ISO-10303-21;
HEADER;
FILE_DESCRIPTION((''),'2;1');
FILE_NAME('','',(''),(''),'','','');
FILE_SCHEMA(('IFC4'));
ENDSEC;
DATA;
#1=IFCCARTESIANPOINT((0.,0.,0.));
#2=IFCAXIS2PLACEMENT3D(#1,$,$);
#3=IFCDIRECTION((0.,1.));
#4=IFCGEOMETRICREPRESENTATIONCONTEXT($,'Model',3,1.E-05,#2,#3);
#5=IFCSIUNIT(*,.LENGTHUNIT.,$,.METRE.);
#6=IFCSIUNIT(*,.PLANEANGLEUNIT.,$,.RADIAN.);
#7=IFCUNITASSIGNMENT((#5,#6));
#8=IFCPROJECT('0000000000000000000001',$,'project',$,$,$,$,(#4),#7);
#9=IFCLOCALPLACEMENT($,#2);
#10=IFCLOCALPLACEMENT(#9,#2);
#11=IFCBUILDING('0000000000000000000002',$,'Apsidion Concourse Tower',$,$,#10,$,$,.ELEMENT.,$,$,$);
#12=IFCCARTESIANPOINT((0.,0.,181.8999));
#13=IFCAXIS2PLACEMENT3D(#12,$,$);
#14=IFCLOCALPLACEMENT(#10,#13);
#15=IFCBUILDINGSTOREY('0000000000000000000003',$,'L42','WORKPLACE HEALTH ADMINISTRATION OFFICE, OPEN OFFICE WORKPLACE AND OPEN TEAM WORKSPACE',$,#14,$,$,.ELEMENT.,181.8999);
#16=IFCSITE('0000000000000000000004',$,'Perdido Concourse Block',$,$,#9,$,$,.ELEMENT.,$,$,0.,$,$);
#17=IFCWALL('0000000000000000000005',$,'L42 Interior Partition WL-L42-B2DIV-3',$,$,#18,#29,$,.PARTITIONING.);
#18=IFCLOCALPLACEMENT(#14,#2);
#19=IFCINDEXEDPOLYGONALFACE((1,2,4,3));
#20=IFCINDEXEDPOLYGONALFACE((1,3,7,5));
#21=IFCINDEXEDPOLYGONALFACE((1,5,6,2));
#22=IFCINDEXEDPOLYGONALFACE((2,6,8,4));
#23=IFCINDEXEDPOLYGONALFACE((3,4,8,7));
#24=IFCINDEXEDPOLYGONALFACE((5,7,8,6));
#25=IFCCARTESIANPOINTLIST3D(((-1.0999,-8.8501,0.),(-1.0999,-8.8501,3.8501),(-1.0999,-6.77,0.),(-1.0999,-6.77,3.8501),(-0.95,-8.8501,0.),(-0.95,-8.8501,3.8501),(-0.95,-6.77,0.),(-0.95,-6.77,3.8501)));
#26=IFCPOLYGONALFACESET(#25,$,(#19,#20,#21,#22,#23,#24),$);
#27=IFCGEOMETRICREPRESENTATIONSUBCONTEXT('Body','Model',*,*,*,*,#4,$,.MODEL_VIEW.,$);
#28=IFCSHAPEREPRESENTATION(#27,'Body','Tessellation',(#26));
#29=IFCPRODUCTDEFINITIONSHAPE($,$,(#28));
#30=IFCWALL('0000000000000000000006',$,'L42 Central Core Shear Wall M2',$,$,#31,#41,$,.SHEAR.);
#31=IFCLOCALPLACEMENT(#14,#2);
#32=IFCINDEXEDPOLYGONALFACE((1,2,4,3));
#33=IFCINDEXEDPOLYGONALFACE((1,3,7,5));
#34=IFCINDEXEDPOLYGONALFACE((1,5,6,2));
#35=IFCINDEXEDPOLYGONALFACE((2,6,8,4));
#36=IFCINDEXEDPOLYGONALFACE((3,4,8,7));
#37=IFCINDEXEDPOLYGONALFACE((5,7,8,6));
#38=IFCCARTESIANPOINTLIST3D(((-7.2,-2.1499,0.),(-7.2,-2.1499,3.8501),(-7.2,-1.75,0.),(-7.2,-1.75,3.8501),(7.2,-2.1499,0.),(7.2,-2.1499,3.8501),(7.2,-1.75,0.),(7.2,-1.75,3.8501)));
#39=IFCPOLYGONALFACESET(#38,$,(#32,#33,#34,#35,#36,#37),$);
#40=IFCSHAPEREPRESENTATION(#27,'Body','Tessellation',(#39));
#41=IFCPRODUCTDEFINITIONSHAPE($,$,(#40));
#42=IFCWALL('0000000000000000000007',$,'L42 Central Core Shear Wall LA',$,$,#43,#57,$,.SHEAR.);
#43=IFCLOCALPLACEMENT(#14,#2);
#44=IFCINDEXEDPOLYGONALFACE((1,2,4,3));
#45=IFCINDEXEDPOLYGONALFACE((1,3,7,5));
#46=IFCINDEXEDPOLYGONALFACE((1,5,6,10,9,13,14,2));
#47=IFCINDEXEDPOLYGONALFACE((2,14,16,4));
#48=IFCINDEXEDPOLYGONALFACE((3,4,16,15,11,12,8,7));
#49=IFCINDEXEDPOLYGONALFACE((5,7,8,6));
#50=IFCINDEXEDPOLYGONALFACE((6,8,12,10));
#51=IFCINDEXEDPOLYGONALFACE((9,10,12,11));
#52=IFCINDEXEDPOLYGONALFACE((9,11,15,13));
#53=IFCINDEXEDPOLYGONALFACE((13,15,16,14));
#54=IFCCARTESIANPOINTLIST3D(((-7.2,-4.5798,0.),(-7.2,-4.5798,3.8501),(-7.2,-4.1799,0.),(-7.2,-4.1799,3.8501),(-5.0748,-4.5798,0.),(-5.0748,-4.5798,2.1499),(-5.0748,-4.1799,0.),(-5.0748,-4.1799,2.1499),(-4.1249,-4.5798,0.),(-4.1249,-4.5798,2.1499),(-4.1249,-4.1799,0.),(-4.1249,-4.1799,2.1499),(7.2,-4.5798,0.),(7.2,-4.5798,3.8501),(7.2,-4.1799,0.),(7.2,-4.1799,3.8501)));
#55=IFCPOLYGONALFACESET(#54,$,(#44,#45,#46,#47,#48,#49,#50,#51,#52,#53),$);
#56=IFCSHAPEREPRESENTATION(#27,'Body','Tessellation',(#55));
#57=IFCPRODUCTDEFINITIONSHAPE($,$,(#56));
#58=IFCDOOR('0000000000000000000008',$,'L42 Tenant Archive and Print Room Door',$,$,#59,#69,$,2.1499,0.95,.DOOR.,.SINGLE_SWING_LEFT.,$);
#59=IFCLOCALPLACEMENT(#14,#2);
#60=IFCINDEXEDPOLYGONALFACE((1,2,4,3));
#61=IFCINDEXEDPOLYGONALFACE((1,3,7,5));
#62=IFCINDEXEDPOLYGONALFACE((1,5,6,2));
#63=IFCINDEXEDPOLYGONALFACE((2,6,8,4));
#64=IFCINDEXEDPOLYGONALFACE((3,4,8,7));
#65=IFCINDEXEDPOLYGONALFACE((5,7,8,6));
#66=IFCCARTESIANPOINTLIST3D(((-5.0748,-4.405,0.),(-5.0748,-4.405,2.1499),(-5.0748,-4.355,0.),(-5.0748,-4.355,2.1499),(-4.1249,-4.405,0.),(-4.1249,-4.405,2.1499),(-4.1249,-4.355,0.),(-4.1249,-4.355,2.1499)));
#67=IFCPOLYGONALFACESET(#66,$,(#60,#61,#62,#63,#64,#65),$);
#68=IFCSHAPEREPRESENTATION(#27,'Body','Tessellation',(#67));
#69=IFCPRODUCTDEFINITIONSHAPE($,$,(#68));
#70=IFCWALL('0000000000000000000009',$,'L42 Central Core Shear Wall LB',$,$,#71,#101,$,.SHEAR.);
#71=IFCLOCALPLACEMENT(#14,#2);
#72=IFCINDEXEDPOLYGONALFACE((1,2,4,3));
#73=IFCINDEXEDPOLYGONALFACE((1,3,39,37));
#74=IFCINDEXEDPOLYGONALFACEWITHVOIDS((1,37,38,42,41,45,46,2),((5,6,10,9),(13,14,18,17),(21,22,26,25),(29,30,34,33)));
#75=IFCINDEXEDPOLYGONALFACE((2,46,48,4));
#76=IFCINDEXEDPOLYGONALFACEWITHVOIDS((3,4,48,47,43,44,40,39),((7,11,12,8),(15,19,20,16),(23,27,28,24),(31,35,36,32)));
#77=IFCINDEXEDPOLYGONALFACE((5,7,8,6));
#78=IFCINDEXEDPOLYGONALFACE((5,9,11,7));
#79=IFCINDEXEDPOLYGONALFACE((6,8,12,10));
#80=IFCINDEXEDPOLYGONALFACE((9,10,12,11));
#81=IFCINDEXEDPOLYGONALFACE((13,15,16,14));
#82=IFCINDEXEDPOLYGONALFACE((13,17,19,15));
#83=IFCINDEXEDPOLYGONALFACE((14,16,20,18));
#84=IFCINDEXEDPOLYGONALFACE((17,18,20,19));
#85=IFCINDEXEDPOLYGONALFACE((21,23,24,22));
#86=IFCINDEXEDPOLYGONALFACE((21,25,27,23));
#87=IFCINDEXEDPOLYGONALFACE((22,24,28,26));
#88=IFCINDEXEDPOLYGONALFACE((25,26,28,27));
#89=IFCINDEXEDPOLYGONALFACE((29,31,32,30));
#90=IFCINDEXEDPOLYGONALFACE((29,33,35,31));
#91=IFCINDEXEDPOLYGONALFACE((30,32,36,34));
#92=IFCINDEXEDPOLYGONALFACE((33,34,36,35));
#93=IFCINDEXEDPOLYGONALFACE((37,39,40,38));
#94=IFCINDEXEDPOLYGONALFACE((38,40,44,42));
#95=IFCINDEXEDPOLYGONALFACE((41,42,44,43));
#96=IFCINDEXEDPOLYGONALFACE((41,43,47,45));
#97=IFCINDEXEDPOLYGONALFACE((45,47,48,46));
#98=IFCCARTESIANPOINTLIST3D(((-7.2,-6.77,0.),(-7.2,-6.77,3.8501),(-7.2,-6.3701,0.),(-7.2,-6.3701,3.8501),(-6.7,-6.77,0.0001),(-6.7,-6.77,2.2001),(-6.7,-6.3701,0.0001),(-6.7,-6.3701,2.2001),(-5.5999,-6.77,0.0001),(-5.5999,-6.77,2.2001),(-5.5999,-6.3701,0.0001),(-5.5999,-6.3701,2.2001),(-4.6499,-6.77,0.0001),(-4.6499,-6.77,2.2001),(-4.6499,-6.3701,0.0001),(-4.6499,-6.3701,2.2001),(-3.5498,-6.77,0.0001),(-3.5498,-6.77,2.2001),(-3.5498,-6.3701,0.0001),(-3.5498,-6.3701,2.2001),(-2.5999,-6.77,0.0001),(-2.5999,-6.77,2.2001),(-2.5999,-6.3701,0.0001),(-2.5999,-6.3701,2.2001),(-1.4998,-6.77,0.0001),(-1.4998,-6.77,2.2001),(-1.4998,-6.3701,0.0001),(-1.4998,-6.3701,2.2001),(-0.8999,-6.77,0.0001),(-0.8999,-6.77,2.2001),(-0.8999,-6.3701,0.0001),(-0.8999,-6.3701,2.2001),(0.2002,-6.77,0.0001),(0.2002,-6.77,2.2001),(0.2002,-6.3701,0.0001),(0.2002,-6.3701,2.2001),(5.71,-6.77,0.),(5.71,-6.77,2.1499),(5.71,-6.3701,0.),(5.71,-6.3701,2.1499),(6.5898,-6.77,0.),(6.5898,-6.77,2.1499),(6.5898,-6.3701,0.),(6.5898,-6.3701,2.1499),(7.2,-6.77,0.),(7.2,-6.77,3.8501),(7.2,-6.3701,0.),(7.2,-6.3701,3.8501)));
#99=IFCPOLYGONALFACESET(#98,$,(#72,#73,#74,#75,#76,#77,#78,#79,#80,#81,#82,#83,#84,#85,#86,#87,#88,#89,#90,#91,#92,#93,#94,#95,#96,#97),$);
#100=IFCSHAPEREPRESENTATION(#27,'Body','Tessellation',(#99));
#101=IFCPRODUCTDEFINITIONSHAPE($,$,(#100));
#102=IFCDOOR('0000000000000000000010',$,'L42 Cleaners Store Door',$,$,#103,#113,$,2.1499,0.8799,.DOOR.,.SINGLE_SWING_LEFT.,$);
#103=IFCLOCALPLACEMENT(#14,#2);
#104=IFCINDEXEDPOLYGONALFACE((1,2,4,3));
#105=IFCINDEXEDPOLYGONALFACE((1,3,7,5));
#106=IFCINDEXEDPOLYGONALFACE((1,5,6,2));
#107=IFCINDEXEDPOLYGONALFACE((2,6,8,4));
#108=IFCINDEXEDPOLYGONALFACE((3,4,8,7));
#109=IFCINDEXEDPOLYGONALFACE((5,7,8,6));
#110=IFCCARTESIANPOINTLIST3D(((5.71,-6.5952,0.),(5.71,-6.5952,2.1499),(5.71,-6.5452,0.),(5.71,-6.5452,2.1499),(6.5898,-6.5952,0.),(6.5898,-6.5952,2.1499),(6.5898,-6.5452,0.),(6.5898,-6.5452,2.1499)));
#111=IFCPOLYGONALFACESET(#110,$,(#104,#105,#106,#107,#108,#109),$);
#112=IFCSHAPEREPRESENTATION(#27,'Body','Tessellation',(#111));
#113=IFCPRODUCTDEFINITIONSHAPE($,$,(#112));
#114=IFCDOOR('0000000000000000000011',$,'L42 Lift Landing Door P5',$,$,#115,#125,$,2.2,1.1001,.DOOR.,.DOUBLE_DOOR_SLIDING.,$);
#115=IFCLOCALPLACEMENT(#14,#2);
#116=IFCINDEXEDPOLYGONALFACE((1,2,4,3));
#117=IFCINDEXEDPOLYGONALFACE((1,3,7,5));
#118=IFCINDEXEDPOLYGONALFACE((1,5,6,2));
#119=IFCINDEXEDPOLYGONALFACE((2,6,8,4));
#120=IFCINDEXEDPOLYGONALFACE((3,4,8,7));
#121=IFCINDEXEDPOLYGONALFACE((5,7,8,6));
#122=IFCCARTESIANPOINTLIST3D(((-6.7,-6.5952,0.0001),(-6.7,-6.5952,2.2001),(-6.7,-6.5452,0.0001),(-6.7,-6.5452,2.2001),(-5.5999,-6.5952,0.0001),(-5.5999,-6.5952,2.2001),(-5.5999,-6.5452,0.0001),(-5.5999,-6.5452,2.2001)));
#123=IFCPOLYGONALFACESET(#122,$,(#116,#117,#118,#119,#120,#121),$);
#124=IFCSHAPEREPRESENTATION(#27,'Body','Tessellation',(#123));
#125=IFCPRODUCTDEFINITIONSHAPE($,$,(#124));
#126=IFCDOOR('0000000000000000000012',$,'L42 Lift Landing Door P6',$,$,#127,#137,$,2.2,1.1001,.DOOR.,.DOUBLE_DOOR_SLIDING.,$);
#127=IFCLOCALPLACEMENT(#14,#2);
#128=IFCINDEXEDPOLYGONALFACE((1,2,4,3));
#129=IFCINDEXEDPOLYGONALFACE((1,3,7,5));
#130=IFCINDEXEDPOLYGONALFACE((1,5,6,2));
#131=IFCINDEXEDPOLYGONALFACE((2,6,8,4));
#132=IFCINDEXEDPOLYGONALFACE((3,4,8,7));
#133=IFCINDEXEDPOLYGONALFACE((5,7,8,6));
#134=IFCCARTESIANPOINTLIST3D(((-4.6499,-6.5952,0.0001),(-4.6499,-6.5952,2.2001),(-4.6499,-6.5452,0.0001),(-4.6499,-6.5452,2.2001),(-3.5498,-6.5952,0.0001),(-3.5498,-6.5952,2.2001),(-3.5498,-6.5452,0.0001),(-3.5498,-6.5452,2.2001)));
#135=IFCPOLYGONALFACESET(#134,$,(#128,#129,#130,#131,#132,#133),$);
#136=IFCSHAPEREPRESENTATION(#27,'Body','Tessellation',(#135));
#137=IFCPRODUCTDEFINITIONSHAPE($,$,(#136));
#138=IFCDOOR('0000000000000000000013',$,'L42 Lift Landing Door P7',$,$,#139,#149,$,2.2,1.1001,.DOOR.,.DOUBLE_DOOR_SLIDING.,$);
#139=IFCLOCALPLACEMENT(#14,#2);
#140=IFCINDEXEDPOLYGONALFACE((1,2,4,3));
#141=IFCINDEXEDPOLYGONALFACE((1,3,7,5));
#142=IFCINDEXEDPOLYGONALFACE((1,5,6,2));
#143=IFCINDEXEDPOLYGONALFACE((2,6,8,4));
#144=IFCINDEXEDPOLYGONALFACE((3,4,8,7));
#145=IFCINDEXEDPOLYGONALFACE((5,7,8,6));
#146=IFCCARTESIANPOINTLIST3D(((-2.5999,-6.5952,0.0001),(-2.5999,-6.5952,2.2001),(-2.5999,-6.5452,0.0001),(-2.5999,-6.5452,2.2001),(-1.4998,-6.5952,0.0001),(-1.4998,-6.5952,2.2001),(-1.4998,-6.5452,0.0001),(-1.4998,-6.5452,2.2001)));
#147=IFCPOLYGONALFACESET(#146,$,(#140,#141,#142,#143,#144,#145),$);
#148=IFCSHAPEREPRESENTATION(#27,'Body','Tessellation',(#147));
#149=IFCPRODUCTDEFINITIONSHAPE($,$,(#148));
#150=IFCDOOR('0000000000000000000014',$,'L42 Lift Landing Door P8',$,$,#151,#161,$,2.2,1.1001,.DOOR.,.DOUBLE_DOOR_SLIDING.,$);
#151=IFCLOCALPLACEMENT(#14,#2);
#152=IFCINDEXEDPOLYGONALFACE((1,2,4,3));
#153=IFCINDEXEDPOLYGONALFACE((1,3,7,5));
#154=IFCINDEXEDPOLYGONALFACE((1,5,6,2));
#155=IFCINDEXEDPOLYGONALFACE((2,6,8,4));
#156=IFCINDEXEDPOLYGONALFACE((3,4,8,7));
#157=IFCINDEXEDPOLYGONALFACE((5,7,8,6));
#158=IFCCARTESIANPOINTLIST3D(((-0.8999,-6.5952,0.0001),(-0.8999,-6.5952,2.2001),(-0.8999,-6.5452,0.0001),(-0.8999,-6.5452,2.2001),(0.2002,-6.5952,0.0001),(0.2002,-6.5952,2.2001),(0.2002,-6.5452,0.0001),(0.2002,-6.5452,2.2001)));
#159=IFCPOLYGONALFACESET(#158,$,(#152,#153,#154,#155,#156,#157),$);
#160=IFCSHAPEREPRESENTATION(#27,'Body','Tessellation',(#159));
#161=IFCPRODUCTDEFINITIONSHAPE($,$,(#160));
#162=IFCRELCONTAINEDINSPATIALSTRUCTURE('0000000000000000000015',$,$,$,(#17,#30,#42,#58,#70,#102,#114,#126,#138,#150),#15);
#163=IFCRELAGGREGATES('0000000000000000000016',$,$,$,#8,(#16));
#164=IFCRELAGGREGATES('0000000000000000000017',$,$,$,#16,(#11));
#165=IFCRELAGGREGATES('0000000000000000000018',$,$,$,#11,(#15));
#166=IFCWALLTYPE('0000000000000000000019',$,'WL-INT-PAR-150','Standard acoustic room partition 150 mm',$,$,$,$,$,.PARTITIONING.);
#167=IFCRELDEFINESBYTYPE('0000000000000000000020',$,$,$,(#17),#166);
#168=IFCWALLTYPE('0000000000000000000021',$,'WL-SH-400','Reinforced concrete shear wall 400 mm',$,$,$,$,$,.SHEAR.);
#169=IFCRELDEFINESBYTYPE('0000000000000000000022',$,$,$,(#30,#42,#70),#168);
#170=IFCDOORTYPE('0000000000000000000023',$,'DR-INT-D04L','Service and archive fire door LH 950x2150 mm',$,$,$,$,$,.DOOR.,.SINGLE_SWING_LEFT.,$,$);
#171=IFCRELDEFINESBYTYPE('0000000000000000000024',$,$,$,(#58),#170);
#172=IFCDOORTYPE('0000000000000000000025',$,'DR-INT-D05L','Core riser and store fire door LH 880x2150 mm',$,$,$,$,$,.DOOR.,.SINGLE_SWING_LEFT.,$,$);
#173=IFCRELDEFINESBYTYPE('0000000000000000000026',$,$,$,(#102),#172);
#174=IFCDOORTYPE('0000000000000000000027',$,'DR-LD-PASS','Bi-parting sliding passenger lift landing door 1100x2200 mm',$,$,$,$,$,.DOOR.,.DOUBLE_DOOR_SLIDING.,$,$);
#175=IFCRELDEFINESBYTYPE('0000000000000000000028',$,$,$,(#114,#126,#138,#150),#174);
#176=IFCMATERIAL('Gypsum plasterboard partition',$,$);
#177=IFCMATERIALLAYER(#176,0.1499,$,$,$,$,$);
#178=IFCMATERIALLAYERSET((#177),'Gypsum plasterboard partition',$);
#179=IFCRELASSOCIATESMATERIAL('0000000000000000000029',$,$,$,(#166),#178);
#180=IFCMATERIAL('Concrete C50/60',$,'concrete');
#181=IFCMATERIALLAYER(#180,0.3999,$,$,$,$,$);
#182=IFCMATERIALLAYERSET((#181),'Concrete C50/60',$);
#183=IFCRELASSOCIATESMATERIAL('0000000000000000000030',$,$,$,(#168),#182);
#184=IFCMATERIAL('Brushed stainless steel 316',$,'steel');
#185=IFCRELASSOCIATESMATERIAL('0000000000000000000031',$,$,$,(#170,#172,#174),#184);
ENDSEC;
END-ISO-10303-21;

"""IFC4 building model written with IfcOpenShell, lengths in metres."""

from ifc_helpers import new_model, si_unit, direction, frame, frame_2d, origin, place, context, subcontext, project, spatial, rectangle, extrude, material, layer, layer_set, type_object, element, fill, save


model = new_model("IFC4")

# Units and contexts
model_context = context("Model", 3, precision=1e-05, world=origin(), true_north=direction((0.0, 1.0)))
body_context = subcontext(model_context, "Body", "Model", "MODEL_VIEW")
ifc_project = project(units=[si_unit("LENGTHUNIT", "METRE"), si_unit("PLANEANGLEUNIT", "RADIAN")], contexts=[model_context])

# Site, building, storey
site_placement = place(None, origin())
site = spatial("IfcSite", under=ifc_project, at=site_placement, Name="Perdido Concourse Block", CompositionType="ELEMENT", RefElevation=0.0)
building_placement = place(site_placement, origin())
building = spatial("IfcBuilding", under=site, at=building_placement, Name="Apsidion Concourse Tower", CompositionType="ELEMENT")
storey_placement = place(building_placement, frame((0.0, 0.0, 181.8999)))
storey = spatial("IfcBuildingStorey", under=building, at=storey_placement, Name="L42", Description="WORKPLACE HEALTH ADMINISTRATION OFFICE, OPEN OFFICE WORKPLACE AND OPEN TEAM WORKSPACE", CompositionType="ELEMENT", Elevation=181.8999)

# Shared definitions
ifc_material_1 = material(Name="Concrete C50/60", Category="concrete")

# Wall
ifc_material_2 = material(Name="Gypsum plasterboard partition")
ifc_layer_1 = layer(ifc_material_2, 0.1499)
ifc_layer_set_1 = layer_set([ifc_layer_1], Name="Gypsum plasterboard partition")
wall_type_1 = type_object("IfcWallType", Name="WL-INT-PAR-150", Description="Standard acoustic room partition 150 mm", PredefinedType="PARTITIONING", material=ifc_layer_set_1)
for number, where, z_axis, x_axis, name in (
    (1, (-1.0249, -8.8501, 0.0), (0.0, 0.0, 1.0), (0.0, 1.0, 0.0), "L42 Interior Partition WL-L42-B2DIV-3"),
):
    element("IfcWall", number, at=place(storey_placement, frame(where, z_axis=z_axis, x_axis=x_axis)), inside=storey, type_object=wall_type_1, Name=name, PredefinedType="PARTITIONING", context=body_context, shape_type="SweptSolid", body=[
        extrude(rectangle(XDim=2.0801, YDim=0.1499, at=frame_2d((1.04, 0.0))), origin(), (0.0, 0.0, 1.0), 3.8501),
    ])

# Shared definitions
ifc_material_3 = material(Name="Brushed stainless steel 316", Category="steel")

# Wall
ifc_layer_2 = layer(ifc_material_1, 0.3999)
ifc_layer_set_2 = layer_set([ifc_layer_2], Name="Concrete C50/60")
wall_type_2 = type_object("IfcWallType", Name="WL-SH-400", Description="Reinforced concrete shear wall 400 mm", PredefinedType="SHEAR", material=ifc_layer_set_2)
wall_1_placement = place(storey_placement, frame((-7.2, -1.95, 0.0), z_axis=(0.0, 0.0, 1.0), x_axis=(1.0, 0.0, 0.0)))
element("IfcWall", 2, at=wall_1_placement, inside=storey, type_object=wall_type_2, Name="L42 Central Core Shear Wall M2", PredefinedType="SHEAR", context=body_context, shape_type="SweptSolid", body=[
    extrude(rectangle(XDim=14.3999, YDim=0.3999, at=frame_2d((7.2, 0.0))), origin(), (0.0, 0.0, 1.0), 3.8501),
])

# Wall, opening, door
wall_2_placement = place(storey_placement, frame((-7.2, -4.3799, 0.0), z_axis=(0.0, 0.0, 1.0), x_axis=(1.0, 0.0, 0.0)))
wall_2 = element("IfcWall", 3, at=wall_2_placement, inside=storey, type_object=wall_type_2, Name="L42 Central Core Shear Wall LA", PredefinedType="SHEAR", context=body_context, shape_type="SweptSolid", body=[
    extrude(rectangle(XDim=14.3999, YDim=0.3999, at=frame_2d((7.2, 0.0))), origin(), (0.0, 0.0, 1.0), 3.8501),
])
opening_1_placement = place(wall_2_placement, frame((2.125, 0.0, 0.0)))
opening_1 = element("IfcOpeningElement", 4, at=opening_1_placement, cuts=wall_2, PredefinedType="OPENING", context=body_context, shape_type="SweptSolid", body=[
    extrude(rectangle(XDim=0.95, YDim=2.1499, at=frame_2d((0.4751, 1.075))), frame((0.0, 0.21, 0.0), z_axis=(0.0, -1.0, 0.0), x_axis=(1.0, 0.0, 0.0)), (0.0, 0.0, 1.0), 0.4199),
])
door_type_1 = type_object("IfcDoorType", Name="DR-INT-D04L", Description="Service and archive fire door LH 950x2150 mm", OperationType="SINGLE_SWING_LEFT", PredefinedType="DOOR", material=ifc_material_3)
door_1_placement = place(opening_1_placement, origin())
door_1 = element("IfcDoor", 5, at=door_1_placement, inside=storey, type_object=door_type_1, Name="L42 Tenant Archive and Print Room Door", OperationType="SINGLE_SWING_LEFT", OverallHeight=2.1499, OverallWidth=0.95, PredefinedType="DOOR", context=body_context, shape_type="SweptSolid", body=[
    extrude(rectangle(XDim=0.95, YDim=2.1499, at=frame_2d((0.4751, 1.075))), frame((0.0, 0.0249, 0.0), z_axis=(0.0, -1.0, 0.0), x_axis=(1.0, 0.0, 0.0)), (0.0, 0.0, 1.0), 0.05),
])
fill(opening_1, door_1)

# Wall, openings, doors
wall_3_placement = place(storey_placement, frame((-7.2, -6.5701, 0.0), z_axis=(0.0, 0.0, 1.0), x_axis=(1.0, 0.0, 0.0)))
wall_3 = element("IfcWall", 6, at=wall_3_placement, inside=storey, type_object=wall_type_2, Name="L42 Central Core Shear Wall LB", PredefinedType="SHEAR", context=body_context, shape_type="SweptSolid", body=[
    extrude(rectangle(XDim=14.3999, YDim=0.3999, at=frame_2d((7.2, 0.0))), origin(), (0.0, 0.0, 1.0), 3.8501),
])
opening_2_placement = place(wall_3_placement, frame((0.5, 0.0, 0.0)))
opening_2 = element("IfcOpeningElement", 7, at=opening_2_placement, cuts=wall_3, PredefinedType="OPENING", context=body_context, shape_type="SweptSolid", body=[
    extrude(rectangle(XDim=1.1001, YDim=2.2, at=frame_2d((0.55, 1.1001))), frame((0.0, 0.21, 0.0), z_axis=(0.0, -1.0, 0.0), x_axis=(1.0, 0.0, 0.0)), (0.0, 0.0, 1.0), 0.4199),
])
opening_3_placement = place(wall_3_placement, frame((2.55, 0.0, 0.0)))
opening_3 = element("IfcOpeningElement", 8, at=opening_3_placement, cuts=wall_3, PredefinedType="OPENING", context=body_context, shape_type="SweptSolid", body=[
    extrude(rectangle(XDim=1.1001, YDim=2.2, at=frame_2d((0.55, 1.1001))), frame((0.0, 0.21, 0.0), z_axis=(0.0, -1.0, 0.0), x_axis=(1.0, 0.0, 0.0)), (0.0, 0.0, 1.0), 0.4199),
])
opening_4_placement = place(wall_3_placement, frame((4.6001, 0.0, 0.0)))
opening_4 = element("IfcOpeningElement", 9, at=opening_4_placement, cuts=wall_3, PredefinedType="OPENING", context=body_context, shape_type="SweptSolid", body=[
    extrude(rectangle(XDim=1.1001, YDim=2.2, at=frame_2d((0.55, 1.1001))), frame((0.0, 0.21, 0.0), z_axis=(0.0, -1.0, 0.0), x_axis=(1.0, 0.0, 0.0)), (0.0, 0.0, 1.0), 0.4199),
])
opening_5_placement = place(wall_3_placement, frame((6.3, 0.0, 0.0)))
opening_5 = element("IfcOpeningElement", 10, at=opening_5_placement, cuts=wall_3, PredefinedType="OPENING", context=body_context, shape_type="SweptSolid", body=[
    extrude(rectangle(XDim=1.1001, YDim=2.2, at=frame_2d((0.55, 1.1001))), frame((0.0, 0.21, 0.0), z_axis=(0.0, -1.0, 0.0), x_axis=(1.0, 0.0, 0.0)), (0.0, 0.0, 1.0), 0.4199),
])
opening_6_placement = place(wall_3_placement, frame((12.9099, 0.0, 0.0)))
opening_6 = element("IfcOpeningElement", 11, at=opening_6_placement, cuts=wall_3, PredefinedType="OPENING", context=body_context, shape_type="SweptSolid", body=[
    extrude(rectangle(XDim=0.8799, YDim=2.1499, at=frame_2d((0.4399, 1.075))), frame((0.0, 0.21, 0.0), z_axis=(0.0, -1.0, 0.0), x_axis=(1.0, 0.0, 0.0)), (0.0, 0.0, 1.0), 0.4199),
])
door_type_2 = type_object("IfcDoorType", Name="DR-INT-D05L", Description="Core riser and store fire door LH 880x2150 mm", OperationType="SINGLE_SWING_LEFT", PredefinedType="DOOR", material=ifc_material_3)
door_2_placement = place(opening_6_placement, origin())
door_2 = element("IfcDoor", 12, at=door_2_placement, inside=storey, type_object=door_type_2, Name="L42 Cleaners Store Door", OperationType="SINGLE_SWING_LEFT", OverallHeight=2.1499, OverallWidth=0.8799, PredefinedType="DOOR", context=body_context, shape_type="SweptSolid", body=[
    extrude(rectangle(XDim=0.8799, YDim=2.1499, at=frame_2d((0.4399, 1.075))), frame((0.0, 0.0249, 0.0), z_axis=(0.0, -1.0, 0.0), x_axis=(1.0, 0.0, 0.0)), (0.0, 0.0, 1.0), 0.05),
])
fill(opening_6, door_2)
door_type_3 = type_object("IfcDoorType", Name="DR-LD-PASS", Description="Bi-parting sliding passenger lift landing door 1100x2200 mm", OperationType="DOUBLE_DOOR_SLIDING", PredefinedType="DOOR", material=ifc_material_3)
door_3_placement = place(opening_2_placement, origin())
door_3 = element("IfcDoor", 13, at=door_3_placement, inside=storey, type_object=door_type_3, Name="L42 Lift Landing Door P5", OperationType="DOUBLE_DOOR_SLIDING", OverallHeight=2.2, OverallWidth=1.1001, PredefinedType="DOOR", context=body_context, shape_type="SweptSolid", body=[
    extrude(rectangle(XDim=1.1001, YDim=2.2, at=frame_2d((0.55, 1.1001))), frame((0.0, 0.0249, 0.0), z_axis=(0.0, -1.0, 0.0), x_axis=(1.0, 0.0, 0.0)), (0.0, 0.0, 1.0), 0.05),
])
fill(opening_2, door_3)
door_4_placement = place(opening_3_placement, origin())
door_4 = element("IfcDoor", 14, at=door_4_placement, inside=storey, type_object=door_type_3, Name="L42 Lift Landing Door P6", OperationType="DOUBLE_DOOR_SLIDING", OverallHeight=2.2, OverallWidth=1.1001, PredefinedType="DOOR", context=body_context, shape_type="SweptSolid", body=[
    extrude(rectangle(XDim=1.1001, YDim=2.2, at=frame_2d((0.55, 1.1001))), frame((0.0, 0.0249, 0.0), z_axis=(0.0, -1.0, 0.0), x_axis=(1.0, 0.0, 0.0)), (0.0, 0.0, 1.0), 0.05),
])
fill(opening_3, door_4)
door_5_placement = place(opening_4_placement, origin())
door_5 = element("IfcDoor", 15, at=door_5_placement, inside=storey, type_object=door_type_3, Name="L42 Lift Landing Door P7", OperationType="DOUBLE_DOOR_SLIDING", OverallHeight=2.2, OverallWidth=1.1001, PredefinedType="DOOR", context=body_context, shape_type="SweptSolid", body=[
    extrude(rectangle(XDim=1.1001, YDim=2.2, at=frame_2d((0.55, 1.1001))), frame((0.0, 0.0249, 0.0), z_axis=(0.0, -1.0, 0.0), x_axis=(1.0, 0.0, 0.0)), (0.0, 0.0, 1.0), 0.05),
])
fill(opening_4, door_5)
door_6_placement = place(opening_5_placement, origin())
door_6 = element("IfcDoor", 16, at=door_6_placement, inside=storey, type_object=door_type_3, Name="L42 Lift Landing Door P8", OperationType="DOUBLE_DOOR_SLIDING", OverallHeight=2.2, OverallWidth=1.1001, PredefinedType="DOOR", context=body_context, shape_type="SweptSolid", body=[
    extrude(rectangle(XDim=1.1001, YDim=2.2, at=frame_2d((0.55, 1.1001))), frame((0.0, 0.0249, 0.0), z_axis=(0.0, -1.0, 0.0), x_axis=(1.0, 0.0, 0.0)), (0.0, 0.0, 1.0), 0.05),
])
fill(opening_5, door_6)

save(model, "model.ifc")
